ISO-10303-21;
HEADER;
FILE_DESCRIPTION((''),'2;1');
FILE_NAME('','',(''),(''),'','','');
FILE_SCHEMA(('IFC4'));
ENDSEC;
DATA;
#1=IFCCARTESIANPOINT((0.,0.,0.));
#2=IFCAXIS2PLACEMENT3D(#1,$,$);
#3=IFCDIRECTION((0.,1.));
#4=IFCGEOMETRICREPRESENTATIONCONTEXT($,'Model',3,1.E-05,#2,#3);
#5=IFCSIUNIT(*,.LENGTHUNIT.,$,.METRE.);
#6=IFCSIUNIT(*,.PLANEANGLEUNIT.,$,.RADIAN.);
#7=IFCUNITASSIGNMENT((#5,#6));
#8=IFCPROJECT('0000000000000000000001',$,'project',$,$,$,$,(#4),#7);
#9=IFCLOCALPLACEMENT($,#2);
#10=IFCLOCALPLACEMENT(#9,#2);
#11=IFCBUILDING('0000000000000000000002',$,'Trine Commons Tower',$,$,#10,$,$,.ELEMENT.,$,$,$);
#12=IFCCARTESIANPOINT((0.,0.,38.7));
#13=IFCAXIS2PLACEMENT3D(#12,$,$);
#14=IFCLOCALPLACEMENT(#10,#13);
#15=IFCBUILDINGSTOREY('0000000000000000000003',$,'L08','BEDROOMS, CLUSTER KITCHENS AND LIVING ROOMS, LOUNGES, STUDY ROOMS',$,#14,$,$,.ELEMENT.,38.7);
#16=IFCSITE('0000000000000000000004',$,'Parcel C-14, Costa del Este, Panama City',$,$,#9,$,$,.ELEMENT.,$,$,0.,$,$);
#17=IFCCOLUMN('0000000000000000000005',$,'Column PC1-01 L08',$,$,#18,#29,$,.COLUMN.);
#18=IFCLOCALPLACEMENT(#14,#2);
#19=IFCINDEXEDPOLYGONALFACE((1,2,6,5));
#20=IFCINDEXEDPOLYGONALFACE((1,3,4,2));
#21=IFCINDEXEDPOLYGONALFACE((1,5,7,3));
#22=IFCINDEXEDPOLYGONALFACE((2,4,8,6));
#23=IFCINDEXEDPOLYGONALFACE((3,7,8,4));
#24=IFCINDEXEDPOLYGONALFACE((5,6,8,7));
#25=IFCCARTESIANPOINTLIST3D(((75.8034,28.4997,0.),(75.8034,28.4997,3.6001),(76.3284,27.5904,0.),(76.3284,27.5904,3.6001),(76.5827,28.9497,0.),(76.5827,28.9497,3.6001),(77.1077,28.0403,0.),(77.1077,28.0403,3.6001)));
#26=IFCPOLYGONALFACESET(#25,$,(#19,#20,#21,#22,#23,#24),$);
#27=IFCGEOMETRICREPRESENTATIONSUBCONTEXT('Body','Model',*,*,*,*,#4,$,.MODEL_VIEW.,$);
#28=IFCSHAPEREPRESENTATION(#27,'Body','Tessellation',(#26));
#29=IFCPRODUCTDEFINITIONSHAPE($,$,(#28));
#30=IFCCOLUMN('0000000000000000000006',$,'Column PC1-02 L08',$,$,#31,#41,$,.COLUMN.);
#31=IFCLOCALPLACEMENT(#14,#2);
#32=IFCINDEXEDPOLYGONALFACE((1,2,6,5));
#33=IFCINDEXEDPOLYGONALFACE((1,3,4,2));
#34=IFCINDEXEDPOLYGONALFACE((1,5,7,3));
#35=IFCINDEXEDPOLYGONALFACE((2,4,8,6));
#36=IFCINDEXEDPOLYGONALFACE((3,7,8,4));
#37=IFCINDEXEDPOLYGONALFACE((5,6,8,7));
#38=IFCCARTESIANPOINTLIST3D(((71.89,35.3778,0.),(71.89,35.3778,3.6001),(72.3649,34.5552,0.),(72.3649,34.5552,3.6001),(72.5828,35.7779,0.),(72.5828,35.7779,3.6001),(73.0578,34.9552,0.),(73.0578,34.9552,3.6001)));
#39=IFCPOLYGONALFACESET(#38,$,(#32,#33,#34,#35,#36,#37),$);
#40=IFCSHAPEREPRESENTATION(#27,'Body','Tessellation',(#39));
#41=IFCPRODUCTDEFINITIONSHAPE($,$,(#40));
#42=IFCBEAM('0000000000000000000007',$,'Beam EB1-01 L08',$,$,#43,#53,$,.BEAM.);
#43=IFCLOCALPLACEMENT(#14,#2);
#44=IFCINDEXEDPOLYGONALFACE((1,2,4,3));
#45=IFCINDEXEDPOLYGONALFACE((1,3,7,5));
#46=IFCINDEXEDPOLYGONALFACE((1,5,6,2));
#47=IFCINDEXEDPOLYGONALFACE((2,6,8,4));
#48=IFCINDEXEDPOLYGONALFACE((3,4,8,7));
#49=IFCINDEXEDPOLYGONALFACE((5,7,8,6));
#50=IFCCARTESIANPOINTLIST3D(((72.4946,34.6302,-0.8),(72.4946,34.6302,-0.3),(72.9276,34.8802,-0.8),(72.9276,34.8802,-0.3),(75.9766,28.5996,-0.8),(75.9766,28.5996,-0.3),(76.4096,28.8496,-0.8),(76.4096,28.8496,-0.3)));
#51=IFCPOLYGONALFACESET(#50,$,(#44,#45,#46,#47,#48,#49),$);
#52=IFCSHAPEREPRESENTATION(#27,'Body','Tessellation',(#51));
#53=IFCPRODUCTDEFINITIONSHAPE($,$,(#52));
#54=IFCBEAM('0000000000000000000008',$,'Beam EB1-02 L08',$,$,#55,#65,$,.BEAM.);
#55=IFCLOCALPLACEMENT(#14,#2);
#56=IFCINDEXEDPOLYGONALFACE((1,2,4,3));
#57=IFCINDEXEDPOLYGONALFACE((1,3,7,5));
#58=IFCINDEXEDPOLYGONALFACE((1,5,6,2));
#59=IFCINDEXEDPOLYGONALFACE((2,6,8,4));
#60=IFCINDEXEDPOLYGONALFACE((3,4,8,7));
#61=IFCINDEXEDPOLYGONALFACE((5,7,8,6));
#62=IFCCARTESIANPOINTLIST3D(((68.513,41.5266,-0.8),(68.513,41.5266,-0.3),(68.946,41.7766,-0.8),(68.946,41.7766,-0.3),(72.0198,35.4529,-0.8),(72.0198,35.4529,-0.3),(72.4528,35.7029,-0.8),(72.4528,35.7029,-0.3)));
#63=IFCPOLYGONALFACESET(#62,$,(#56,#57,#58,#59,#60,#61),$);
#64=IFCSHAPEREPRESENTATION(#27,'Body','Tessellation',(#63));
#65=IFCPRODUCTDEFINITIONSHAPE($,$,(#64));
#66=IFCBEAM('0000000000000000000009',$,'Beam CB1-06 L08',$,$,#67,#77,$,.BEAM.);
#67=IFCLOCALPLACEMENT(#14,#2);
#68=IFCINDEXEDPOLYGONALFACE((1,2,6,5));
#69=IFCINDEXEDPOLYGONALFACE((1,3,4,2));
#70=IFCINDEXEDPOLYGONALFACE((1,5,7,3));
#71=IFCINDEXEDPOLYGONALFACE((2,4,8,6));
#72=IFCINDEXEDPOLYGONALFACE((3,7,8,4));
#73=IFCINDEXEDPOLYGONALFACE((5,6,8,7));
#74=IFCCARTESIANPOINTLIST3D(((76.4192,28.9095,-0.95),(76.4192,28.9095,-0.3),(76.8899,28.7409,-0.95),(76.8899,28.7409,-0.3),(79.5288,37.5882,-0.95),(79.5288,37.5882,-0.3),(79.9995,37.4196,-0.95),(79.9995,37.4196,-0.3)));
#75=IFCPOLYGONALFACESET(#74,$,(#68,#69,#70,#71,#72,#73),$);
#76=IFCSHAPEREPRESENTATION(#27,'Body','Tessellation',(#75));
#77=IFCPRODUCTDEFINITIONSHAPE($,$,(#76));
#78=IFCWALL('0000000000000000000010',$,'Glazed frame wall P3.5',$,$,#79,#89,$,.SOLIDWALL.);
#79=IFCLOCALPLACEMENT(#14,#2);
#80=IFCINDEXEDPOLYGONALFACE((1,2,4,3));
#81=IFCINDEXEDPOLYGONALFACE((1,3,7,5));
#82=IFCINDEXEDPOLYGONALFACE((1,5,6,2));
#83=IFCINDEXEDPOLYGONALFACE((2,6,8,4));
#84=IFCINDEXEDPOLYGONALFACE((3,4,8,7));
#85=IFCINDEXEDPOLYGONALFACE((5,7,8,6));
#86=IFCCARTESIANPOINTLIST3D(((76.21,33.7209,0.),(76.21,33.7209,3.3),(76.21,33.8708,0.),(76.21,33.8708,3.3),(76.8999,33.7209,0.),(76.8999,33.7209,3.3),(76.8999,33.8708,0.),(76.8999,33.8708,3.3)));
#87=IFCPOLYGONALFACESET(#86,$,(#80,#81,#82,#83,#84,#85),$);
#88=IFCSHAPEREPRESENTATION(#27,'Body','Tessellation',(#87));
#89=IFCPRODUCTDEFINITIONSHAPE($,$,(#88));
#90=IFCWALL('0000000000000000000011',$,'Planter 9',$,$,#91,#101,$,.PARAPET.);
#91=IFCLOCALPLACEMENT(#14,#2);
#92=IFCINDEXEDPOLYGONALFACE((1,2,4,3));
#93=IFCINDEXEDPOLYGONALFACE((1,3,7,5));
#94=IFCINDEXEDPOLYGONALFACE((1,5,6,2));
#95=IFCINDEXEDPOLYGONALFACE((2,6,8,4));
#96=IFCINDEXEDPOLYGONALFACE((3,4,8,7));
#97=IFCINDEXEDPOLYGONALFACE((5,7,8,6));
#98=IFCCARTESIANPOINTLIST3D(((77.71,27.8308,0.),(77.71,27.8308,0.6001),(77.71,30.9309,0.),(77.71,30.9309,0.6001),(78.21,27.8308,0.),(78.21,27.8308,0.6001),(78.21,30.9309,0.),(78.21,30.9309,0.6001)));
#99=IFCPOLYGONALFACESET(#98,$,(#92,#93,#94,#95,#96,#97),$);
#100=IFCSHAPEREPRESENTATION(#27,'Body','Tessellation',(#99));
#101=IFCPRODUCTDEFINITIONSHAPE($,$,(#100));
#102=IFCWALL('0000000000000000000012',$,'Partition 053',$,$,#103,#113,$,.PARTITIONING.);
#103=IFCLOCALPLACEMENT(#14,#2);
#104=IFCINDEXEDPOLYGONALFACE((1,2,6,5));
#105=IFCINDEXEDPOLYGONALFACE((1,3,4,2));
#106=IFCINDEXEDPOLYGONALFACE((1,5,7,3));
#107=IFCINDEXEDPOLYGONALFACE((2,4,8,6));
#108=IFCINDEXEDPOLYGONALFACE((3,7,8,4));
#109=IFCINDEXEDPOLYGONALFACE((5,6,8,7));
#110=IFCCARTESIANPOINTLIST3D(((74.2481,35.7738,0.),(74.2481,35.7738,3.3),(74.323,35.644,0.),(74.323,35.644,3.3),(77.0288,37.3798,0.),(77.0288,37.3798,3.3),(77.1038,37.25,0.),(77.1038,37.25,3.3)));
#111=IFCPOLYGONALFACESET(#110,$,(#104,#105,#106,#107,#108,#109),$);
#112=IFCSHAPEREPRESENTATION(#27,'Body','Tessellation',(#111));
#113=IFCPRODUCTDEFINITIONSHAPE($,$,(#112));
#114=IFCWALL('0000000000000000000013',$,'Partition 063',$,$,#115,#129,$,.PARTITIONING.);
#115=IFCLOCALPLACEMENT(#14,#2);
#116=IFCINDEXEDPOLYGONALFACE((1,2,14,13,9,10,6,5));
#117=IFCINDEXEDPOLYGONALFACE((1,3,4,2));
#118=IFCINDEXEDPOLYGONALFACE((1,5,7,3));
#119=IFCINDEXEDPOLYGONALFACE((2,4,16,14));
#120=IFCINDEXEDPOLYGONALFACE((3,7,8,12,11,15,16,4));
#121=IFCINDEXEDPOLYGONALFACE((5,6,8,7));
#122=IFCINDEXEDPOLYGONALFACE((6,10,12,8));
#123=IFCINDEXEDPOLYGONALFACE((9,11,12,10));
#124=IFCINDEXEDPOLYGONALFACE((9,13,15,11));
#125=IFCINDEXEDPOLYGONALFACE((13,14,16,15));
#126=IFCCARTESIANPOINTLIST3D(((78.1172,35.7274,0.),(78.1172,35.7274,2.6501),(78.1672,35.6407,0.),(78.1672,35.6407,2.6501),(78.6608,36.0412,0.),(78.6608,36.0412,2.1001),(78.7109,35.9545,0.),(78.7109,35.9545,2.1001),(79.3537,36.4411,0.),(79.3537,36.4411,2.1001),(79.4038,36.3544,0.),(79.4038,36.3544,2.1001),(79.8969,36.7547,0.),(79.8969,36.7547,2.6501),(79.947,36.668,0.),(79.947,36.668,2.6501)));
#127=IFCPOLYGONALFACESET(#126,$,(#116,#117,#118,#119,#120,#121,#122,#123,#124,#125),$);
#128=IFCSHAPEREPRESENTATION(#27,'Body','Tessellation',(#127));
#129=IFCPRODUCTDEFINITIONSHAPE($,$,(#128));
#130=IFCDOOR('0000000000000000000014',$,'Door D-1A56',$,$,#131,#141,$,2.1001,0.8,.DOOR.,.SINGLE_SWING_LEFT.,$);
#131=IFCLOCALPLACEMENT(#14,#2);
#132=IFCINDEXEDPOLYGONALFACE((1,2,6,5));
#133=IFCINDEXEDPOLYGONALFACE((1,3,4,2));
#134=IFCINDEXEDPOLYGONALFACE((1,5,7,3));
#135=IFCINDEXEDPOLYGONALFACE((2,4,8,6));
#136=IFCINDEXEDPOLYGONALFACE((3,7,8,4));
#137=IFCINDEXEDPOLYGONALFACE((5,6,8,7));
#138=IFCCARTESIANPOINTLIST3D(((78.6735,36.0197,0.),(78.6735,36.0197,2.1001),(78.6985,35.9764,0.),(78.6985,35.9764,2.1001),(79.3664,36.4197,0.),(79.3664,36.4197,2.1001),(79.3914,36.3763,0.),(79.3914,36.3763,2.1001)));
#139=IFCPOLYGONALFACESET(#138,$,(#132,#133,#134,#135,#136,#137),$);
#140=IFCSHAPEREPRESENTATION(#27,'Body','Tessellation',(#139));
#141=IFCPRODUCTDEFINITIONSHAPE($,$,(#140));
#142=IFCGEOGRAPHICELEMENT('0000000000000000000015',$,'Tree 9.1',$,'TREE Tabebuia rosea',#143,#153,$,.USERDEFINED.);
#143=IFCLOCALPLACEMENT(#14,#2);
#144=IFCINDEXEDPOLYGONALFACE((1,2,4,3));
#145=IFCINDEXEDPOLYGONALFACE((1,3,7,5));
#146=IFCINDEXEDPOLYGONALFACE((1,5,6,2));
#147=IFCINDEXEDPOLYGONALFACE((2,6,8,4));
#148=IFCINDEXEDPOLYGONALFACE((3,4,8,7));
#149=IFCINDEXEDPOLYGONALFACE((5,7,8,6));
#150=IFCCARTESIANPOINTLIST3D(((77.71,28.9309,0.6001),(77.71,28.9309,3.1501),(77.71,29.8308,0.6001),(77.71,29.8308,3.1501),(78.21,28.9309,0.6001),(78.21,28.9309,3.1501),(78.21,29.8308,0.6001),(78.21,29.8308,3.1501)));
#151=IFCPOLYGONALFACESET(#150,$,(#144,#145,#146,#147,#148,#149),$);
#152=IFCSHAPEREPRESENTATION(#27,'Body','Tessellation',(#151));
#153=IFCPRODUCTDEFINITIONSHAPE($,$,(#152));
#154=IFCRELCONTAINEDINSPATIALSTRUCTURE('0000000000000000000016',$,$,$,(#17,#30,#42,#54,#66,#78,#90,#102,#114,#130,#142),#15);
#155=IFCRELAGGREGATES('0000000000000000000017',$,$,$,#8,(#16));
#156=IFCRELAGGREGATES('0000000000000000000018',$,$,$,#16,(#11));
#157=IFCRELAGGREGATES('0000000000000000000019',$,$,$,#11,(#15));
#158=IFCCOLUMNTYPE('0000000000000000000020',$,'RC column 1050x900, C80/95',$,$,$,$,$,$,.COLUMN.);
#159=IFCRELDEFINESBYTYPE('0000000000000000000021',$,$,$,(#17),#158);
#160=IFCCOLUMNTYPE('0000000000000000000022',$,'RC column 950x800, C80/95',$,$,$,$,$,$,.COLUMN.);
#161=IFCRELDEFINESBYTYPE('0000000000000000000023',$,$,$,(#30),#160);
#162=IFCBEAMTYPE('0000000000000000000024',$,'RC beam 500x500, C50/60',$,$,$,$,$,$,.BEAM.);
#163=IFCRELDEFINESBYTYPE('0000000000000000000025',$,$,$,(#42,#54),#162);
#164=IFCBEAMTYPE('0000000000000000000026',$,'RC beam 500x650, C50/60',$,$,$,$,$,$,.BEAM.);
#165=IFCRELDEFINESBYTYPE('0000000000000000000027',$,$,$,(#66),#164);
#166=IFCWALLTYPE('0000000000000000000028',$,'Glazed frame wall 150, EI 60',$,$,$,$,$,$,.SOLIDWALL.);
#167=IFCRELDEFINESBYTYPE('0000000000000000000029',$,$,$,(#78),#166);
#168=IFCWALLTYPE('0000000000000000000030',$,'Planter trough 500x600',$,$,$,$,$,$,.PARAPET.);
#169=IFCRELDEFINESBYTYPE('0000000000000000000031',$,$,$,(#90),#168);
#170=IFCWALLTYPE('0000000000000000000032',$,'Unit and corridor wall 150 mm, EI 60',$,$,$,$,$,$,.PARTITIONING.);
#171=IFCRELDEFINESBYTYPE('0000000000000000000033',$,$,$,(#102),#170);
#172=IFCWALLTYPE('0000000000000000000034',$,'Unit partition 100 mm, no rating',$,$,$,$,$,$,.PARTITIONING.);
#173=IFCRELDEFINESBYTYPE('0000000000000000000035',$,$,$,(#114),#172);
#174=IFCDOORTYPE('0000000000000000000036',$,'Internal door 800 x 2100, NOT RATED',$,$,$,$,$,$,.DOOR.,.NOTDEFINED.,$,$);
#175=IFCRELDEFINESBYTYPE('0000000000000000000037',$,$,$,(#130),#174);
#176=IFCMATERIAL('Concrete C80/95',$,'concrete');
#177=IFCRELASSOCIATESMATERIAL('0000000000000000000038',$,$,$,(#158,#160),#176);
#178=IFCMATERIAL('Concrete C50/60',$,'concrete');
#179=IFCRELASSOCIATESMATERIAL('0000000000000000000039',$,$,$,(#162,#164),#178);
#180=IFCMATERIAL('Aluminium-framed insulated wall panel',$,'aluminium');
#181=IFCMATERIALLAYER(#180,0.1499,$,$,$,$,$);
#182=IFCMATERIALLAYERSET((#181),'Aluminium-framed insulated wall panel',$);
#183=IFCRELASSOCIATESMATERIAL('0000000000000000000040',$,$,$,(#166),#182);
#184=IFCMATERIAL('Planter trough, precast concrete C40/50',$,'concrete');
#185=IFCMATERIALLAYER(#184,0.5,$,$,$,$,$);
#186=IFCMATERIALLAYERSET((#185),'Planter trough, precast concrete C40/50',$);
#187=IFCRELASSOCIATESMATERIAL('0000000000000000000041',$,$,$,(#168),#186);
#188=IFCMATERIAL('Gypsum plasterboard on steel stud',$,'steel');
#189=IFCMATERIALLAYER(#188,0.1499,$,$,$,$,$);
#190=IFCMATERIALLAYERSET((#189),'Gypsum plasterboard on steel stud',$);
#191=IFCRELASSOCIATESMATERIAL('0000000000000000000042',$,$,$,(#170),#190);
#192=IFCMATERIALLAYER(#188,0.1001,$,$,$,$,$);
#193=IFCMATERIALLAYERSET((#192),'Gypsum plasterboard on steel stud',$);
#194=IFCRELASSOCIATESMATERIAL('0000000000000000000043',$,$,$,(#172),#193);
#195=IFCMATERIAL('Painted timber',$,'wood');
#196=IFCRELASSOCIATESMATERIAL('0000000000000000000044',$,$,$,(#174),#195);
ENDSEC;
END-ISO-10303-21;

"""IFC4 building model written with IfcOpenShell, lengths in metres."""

from ifc_helpers import new_model, si_unit, direction, frame, frame_2d, origin, origin_2d, place, context, subcontext, project, spatial, polyline, rectangle, outline, extrude, material, layer, layer_set, material_profile, profile_set, type_object, element, fill, save


model = new_model("IFC4")

# Units and contexts
model_context = context("Model", 3, precision=1e-05, world=origin(), true_north=direction((0.0, 1.0)))
body_context = subcontext(model_context, "Body", "Model", "MODEL_VIEW")
ifc_project = project(units=[si_unit("LENGTHUNIT", "METRE"), si_unit("PLANEANGLEUNIT", "RADIAN")], contexts=[model_context])

# Site, building, storey
site_placement = place(None, origin())
site = spatial("IfcSite", under=ifc_project, at=site_placement, Name="Parcel C-14, Costa del Este, Panama City", CompositionType="ELEMENT", RefElevation=0.0)
building_placement = place(site_placement, origin())
building = spatial("IfcBuilding", under=site, at=building_placement, Name="Trine Commons Tower", CompositionType="ELEMENT")
storey_placement = place(building_placement, frame((0.0, 0.0, 38.7)))
storey = spatial("IfcBuildingStorey", under=building, at=storey_placement, Name="L08", Description="BEDROOMS, CLUSTER KITCHENS AND LIVING ROOMS, LOUNGES, STUDY ROOMS", CompositionType="ELEMENT", Elevation=38.7)

# Columns
ifc_material_1 = material(Name="Concrete C80/95", Category="concrete")
ifc_material_profile_1 = material_profile(ifc_material_1, rectangle(XDim=1.05, YDim=0.8999, at=origin_2d()), Name="RC 1050x900")
ifc_profile_set_1 = profile_set([ifc_material_profile_1], Name="Concrete C80/95")
column_type_1 = type_object("IfcColumnType", Name="RC column 1050x900, C80/95", PredefinedType="COLUMN", material=ifc_profile_set_1)
column_1_placement = place(storey_placement, frame((76.4556, 28.27, 0.0), z_axis=(0.0, 0.0, 1.0), x_axis=(-0.5, 0.866025, 0.0)))
element("IfcColumn", 1, at=column_1_placement, inside=storey, type_object=column_type_1, Name="Column PC1-01 L08", PredefinedType="COLUMN", context=body_context, shape_type="SweptSolid", body=[
    extrude(rectangle(XDim=1.05, YDim=0.8999, at=origin_2d()), origin(), (0.0, 0.0, 1.0), 3.6001),
])
ifc_material_profile_2 = material_profile(ifc_material_1, rectangle(XDim=0.95, YDim=0.8, at=origin_2d()), Name="RC 950x800")
ifc_profile_set_2 = profile_set([ifc_material_profile_2], Name="Concrete C80/95")
column_type_2 = type_object("IfcColumnType", Name="RC column 950x800, C80/95", PredefinedType="COLUMN", material=ifc_profile_set_2)
column_2_placement = place(storey_placement, frame((72.4739, 35.1665, 0.0), z_axis=(0.0, 0.0, 1.0), x_axis=(-0.5, 0.866025, 0.0)))
element("IfcColumn", 2, at=column_2_placement, inside=storey, type_object=column_type_2, Name="Column PC1-02 L08", PredefinedType="COLUMN", context=body_context, shape_type="SweptSolid", body=[
    extrude(rectangle(XDim=0.95, YDim=0.8, at=origin_2d()), origin(), (0.0, 0.0, 1.0), 3.6001),
])

# Beams
ifc_material_2 = material(Name="Concrete C50/60", Category="concrete")
ifc_material_profile_3 = material_profile(ifc_material_2, rectangle(XDim=0.5, YDim=0.5, at=origin_2d()), Name="RC 500x500")
ifc_profile_set_3 = profile_set([ifc_material_profile_3], Name="Concrete C50/60")
beam_type_1 = type_object("IfcBeamType", Name="RC beam 500x500, C50/60", PredefinedType="BEAM", material=ifc_profile_set_3)
beam_1_placement = place(storey_placement, frame((76.1931, 28.7246, -0.55), z_axis=(-0.500023, 0.866012, 0.0), x_axis=(-0.866012, -0.500023, 0.0)))
element("IfcBeam", 3, at=beam_1_placement, inside=storey, type_object=beam_type_1, Name="Beam EB1-01 L08", PredefinedType="BEAM", context=body_context, shape_type="SweptSolid", body=[
    extrude(rectangle(XDim=0.5, YDim=0.5, at=origin_2d()), origin(), (0.0, 0.0, 1.0), 6.9636),
])
beam_2_placement = place(storey_placement, frame((72.2363, 35.5779, -0.55), z_axis=(-0.500018, 0.866015, 0.0), x_axis=(-0.866015, -0.500018, 0.0)))
element("IfcBeam", 4, at=beam_2_placement, inside=storey, type_object=beam_type_1, Name="Beam EB1-02 L08", PredefinedType="BEAM", context=body_context, shape_type="SweptSolid", body=[
    extrude(rectangle(XDim=0.5, YDim=0.5, at=origin_2d()), origin(), (0.0, 0.0, 1.0), 7.0134),
])
ifc_material_profile_4 = material_profile(ifc_material_2, rectangle(XDim=0.5, YDim=0.6499, at=origin_2d()), Name="RC 500x650")
ifc_profile_set_4 = profile_set([ifc_material_profile_4], Name="Concrete C50/60")
beam_type_2 = type_object("IfcBeamType", Name="RC beam 500x650, C50/60", PredefinedType="BEAM", material=ifc_profile_set_4)
beam_3_placement = place(storey_placement, frame((76.6545, 28.8252, -0.625), z_axis=(0.337306, 0.941395, 0.0), x_axis=(-0.941395, 0.337306, 0.0)))
element("IfcBeam", 5, at=beam_3_placement, inside=storey, type_object=beam_type_2, Name="Beam CB1-06 L08", PredefinedType="BEAM", context=body_context, shape_type="SweptSolid", body=[
    extrude(rectangle(XDim=0.5, YDim=0.6499, at=origin_2d()), origin(), (0.0, 0.0, 1.0), 9.219),
])

# Wall
ifc_material_3 = material(Name="Aluminium-framed insulated wall panel", Category="aluminium")
ifc_layer_1 = layer(ifc_material_3, 0.1499)
ifc_layer_set_1 = layer_set([ifc_layer_1], Name="Aluminium-framed insulated wall panel")
wall_type_1 = type_object("IfcWallType", Name="Glazed frame wall 150, EI 60", PredefinedType="SOLIDWALL", material=ifc_layer_set_1)
wall_1_placement = place(storey_placement, frame((76.8999, 33.7959, 0.0), z_axis=(0.0, 0.0, 1.0), x_axis=(-1.0, 0.0, 0.0)))
element("IfcWall", 6, at=wall_1_placement, inside=storey, type_object=wall_type_1, Name="Glazed frame wall P3.5", PredefinedType="SOLIDWALL", context=body_context, shape_type="SweptSolid", body=[
    extrude(outline(polyline([(0.6899, 0.075), (0.0, 0.075), (0.0, -0.075), (0.6899, -0.075), (0.6899, 0.075)])), origin(), (0.0, 0.0, 1.0), 3.3),
])

# Walls
ifc_material_4 = material(Name="Planter trough, precast concrete C40/50", Category="concrete")
ifc_layer_2 = layer(ifc_material_4, 0.5)
ifc_layer_set_2 = layer_set([ifc_layer_2], Name="Planter trough, precast concrete C40/50")
wall_type_2 = type_object("IfcWallType", Name="Planter trough 500x600", PredefinedType="PARAPET", material=ifc_layer_set_2)
wall_2_placement = place(storey_placement, frame((77.96, 30.9309, 0.0), z_axis=(0.0, 0.0, 1.0), x_axis=(0.0, -1.0, 0.0)))
element("IfcWall", 7, at=wall_2_placement, inside=storey, type_object=wall_type_2, Name="Planter 9", PredefinedType="PARAPET", context=body_context, shape_type="SweptSolid", body=[
    extrude(rectangle(XDim=3.1001, YDim=0.5, at=frame_2d((1.55, 0.0))), origin(), (0.0, 0.0, 1.0), 0.6001),
])
ifc_material_5 = material(Name="Gypsum plasterboard on steel stud", Category="steel")
ifc_layer_3 = layer(ifc_material_5, 0.1499)
ifc_layer_set_3 = layer_set([ifc_layer_3], Name="Gypsum plasterboard on steel stud")
wall_type_3 = type_object("IfcWallType", Name="Unit and corridor wall 150 mm, EI 60", PredefinedType="PARTITIONING", material=ifc_layer_set_3)
wall_3_placement = place(storey_placement, frame((74.2856, 35.709, 0.0), z_axis=(0.0, 0.0, 1.0), x_axis=(0.86596, 0.500113, 0.0)))
element("IfcWall", 8, at=wall_3_placement, inside=storey, type_object=wall_type_3, Name="Partition 053", PredefinedType="PARTITIONING", context=body_context, shape_type="SweptSolid", body=[
    extrude(rectangle(XDim=3.2112, YDim=0.1499, at=frame_2d((1.6055, 0.0))), origin(), (0.0, 0.0, 1.0), 3.3),
])

# Wall, opening, door
ifc_layer_4 = layer(ifc_material_5, 0.1001)
ifc_layer_set_4 = layer_set([ifc_layer_4], Name="Gypsum plasterboard on steel stud")
wall_type_4 = type_object("IfcWallType", Name="Unit partition 100 mm, no rating", PredefinedType="PARTITIONING", material=ifc_layer_set_4)
wall_4_placement = place(storey_placement, frame((78.1423, 35.6841, 0.0), z_axis=(0.0, 0.0, 1.0), x_axis=(0.866071, 0.499921, 0.0)))
wall_4 = element("IfcWall", 9, at=wall_4_placement, inside=storey, type_object=wall_type_4, Name="Partition 063", PredefinedType="PARTITIONING", context=body_context, shape_type="SweptSolid", body=[
    extrude(rectangle(XDim=2.0549, YDim=0.1001, at=frame_2d((1.0273, 0.0))), origin(), (0.0, 0.0, 1.0), 2.6501),
])
opening_1_placement = place(wall_4_placement, frame((0.6277, 0.0, 0.0)))
opening_1 = element("IfcOpeningElement", 10, at=opening_1_placement, cuts=wall_4, PredefinedType="OPENING", context=body_context, shape_type="SweptSolid", body=[
    extrude(rectangle(XDim=0.8, YDim=2.1001, at=frame_2d((0.3999, 1.05))), frame((0.0, 0.0601, 0.0), z_axis=(0.0, -1.0, 0.0), x_axis=(1.0, 0.0, 0.0)), (0.0, 0.0, 1.0), 0.1201),
])
ifc_material_6 = material(Name="Painted timber", Category="wood")
door_type_1 = type_object("IfcDoorType", Name="Internal door 800 x 2100, NOT RATED", OperationType="NOTDEFINED", PredefinedType="DOOR", material=ifc_material_6)
door_1_placement = place(opening_1_placement, frame((0.8, 0.0, 0.0), z_axis=(0.0, 0.0, 1.0), x_axis=(-1.0, 0.0, 0.0)))
door_1 = element("IfcDoor", 11, at=door_1_placement, inside=storey, type_object=door_type_1, Name="Door D-1A56", OperationType="SINGLE_SWING_LEFT", OverallHeight=2.1001, OverallWidth=0.8, PredefinedType="DOOR", context=body_context, shape_type="SweptSolid", body=[
    extrude(rectangle(XDim=0.8, YDim=2.1001, at=frame_2d((0.3999, 1.05))), frame((0.0, 0.0249, 0.0), z_axis=(0.0, -1.0, 0.0), x_axis=(1.0, 0.0, 0.0)), (0.0, 0.0, 1.0), 0.05),
])
fill(opening_1, door_1)

# Geographic element
geographic_element_placement = place(storey_placement, frame((77.96, 29.3809, 0.6001), z_axis=(0.0, 0.0, 1.0), x_axis=(0.0, -1.0, 0.0)))
element("IfcGeographicElement", 12, at=geographic_element_placement, inside=storey, Name="Tree 9.1", ObjectType="TREE Tabebuia rosea", PredefinedType="USERDEFINED", context=body_context, shape_type="SweptSolid", body=[
    extrude(rectangle(XDim=0.8999, YDim=0.5, at=origin_2d()), origin(), (0.0, 0.0, 1.0), 2.55),
])

save(model, "model.ifc")
